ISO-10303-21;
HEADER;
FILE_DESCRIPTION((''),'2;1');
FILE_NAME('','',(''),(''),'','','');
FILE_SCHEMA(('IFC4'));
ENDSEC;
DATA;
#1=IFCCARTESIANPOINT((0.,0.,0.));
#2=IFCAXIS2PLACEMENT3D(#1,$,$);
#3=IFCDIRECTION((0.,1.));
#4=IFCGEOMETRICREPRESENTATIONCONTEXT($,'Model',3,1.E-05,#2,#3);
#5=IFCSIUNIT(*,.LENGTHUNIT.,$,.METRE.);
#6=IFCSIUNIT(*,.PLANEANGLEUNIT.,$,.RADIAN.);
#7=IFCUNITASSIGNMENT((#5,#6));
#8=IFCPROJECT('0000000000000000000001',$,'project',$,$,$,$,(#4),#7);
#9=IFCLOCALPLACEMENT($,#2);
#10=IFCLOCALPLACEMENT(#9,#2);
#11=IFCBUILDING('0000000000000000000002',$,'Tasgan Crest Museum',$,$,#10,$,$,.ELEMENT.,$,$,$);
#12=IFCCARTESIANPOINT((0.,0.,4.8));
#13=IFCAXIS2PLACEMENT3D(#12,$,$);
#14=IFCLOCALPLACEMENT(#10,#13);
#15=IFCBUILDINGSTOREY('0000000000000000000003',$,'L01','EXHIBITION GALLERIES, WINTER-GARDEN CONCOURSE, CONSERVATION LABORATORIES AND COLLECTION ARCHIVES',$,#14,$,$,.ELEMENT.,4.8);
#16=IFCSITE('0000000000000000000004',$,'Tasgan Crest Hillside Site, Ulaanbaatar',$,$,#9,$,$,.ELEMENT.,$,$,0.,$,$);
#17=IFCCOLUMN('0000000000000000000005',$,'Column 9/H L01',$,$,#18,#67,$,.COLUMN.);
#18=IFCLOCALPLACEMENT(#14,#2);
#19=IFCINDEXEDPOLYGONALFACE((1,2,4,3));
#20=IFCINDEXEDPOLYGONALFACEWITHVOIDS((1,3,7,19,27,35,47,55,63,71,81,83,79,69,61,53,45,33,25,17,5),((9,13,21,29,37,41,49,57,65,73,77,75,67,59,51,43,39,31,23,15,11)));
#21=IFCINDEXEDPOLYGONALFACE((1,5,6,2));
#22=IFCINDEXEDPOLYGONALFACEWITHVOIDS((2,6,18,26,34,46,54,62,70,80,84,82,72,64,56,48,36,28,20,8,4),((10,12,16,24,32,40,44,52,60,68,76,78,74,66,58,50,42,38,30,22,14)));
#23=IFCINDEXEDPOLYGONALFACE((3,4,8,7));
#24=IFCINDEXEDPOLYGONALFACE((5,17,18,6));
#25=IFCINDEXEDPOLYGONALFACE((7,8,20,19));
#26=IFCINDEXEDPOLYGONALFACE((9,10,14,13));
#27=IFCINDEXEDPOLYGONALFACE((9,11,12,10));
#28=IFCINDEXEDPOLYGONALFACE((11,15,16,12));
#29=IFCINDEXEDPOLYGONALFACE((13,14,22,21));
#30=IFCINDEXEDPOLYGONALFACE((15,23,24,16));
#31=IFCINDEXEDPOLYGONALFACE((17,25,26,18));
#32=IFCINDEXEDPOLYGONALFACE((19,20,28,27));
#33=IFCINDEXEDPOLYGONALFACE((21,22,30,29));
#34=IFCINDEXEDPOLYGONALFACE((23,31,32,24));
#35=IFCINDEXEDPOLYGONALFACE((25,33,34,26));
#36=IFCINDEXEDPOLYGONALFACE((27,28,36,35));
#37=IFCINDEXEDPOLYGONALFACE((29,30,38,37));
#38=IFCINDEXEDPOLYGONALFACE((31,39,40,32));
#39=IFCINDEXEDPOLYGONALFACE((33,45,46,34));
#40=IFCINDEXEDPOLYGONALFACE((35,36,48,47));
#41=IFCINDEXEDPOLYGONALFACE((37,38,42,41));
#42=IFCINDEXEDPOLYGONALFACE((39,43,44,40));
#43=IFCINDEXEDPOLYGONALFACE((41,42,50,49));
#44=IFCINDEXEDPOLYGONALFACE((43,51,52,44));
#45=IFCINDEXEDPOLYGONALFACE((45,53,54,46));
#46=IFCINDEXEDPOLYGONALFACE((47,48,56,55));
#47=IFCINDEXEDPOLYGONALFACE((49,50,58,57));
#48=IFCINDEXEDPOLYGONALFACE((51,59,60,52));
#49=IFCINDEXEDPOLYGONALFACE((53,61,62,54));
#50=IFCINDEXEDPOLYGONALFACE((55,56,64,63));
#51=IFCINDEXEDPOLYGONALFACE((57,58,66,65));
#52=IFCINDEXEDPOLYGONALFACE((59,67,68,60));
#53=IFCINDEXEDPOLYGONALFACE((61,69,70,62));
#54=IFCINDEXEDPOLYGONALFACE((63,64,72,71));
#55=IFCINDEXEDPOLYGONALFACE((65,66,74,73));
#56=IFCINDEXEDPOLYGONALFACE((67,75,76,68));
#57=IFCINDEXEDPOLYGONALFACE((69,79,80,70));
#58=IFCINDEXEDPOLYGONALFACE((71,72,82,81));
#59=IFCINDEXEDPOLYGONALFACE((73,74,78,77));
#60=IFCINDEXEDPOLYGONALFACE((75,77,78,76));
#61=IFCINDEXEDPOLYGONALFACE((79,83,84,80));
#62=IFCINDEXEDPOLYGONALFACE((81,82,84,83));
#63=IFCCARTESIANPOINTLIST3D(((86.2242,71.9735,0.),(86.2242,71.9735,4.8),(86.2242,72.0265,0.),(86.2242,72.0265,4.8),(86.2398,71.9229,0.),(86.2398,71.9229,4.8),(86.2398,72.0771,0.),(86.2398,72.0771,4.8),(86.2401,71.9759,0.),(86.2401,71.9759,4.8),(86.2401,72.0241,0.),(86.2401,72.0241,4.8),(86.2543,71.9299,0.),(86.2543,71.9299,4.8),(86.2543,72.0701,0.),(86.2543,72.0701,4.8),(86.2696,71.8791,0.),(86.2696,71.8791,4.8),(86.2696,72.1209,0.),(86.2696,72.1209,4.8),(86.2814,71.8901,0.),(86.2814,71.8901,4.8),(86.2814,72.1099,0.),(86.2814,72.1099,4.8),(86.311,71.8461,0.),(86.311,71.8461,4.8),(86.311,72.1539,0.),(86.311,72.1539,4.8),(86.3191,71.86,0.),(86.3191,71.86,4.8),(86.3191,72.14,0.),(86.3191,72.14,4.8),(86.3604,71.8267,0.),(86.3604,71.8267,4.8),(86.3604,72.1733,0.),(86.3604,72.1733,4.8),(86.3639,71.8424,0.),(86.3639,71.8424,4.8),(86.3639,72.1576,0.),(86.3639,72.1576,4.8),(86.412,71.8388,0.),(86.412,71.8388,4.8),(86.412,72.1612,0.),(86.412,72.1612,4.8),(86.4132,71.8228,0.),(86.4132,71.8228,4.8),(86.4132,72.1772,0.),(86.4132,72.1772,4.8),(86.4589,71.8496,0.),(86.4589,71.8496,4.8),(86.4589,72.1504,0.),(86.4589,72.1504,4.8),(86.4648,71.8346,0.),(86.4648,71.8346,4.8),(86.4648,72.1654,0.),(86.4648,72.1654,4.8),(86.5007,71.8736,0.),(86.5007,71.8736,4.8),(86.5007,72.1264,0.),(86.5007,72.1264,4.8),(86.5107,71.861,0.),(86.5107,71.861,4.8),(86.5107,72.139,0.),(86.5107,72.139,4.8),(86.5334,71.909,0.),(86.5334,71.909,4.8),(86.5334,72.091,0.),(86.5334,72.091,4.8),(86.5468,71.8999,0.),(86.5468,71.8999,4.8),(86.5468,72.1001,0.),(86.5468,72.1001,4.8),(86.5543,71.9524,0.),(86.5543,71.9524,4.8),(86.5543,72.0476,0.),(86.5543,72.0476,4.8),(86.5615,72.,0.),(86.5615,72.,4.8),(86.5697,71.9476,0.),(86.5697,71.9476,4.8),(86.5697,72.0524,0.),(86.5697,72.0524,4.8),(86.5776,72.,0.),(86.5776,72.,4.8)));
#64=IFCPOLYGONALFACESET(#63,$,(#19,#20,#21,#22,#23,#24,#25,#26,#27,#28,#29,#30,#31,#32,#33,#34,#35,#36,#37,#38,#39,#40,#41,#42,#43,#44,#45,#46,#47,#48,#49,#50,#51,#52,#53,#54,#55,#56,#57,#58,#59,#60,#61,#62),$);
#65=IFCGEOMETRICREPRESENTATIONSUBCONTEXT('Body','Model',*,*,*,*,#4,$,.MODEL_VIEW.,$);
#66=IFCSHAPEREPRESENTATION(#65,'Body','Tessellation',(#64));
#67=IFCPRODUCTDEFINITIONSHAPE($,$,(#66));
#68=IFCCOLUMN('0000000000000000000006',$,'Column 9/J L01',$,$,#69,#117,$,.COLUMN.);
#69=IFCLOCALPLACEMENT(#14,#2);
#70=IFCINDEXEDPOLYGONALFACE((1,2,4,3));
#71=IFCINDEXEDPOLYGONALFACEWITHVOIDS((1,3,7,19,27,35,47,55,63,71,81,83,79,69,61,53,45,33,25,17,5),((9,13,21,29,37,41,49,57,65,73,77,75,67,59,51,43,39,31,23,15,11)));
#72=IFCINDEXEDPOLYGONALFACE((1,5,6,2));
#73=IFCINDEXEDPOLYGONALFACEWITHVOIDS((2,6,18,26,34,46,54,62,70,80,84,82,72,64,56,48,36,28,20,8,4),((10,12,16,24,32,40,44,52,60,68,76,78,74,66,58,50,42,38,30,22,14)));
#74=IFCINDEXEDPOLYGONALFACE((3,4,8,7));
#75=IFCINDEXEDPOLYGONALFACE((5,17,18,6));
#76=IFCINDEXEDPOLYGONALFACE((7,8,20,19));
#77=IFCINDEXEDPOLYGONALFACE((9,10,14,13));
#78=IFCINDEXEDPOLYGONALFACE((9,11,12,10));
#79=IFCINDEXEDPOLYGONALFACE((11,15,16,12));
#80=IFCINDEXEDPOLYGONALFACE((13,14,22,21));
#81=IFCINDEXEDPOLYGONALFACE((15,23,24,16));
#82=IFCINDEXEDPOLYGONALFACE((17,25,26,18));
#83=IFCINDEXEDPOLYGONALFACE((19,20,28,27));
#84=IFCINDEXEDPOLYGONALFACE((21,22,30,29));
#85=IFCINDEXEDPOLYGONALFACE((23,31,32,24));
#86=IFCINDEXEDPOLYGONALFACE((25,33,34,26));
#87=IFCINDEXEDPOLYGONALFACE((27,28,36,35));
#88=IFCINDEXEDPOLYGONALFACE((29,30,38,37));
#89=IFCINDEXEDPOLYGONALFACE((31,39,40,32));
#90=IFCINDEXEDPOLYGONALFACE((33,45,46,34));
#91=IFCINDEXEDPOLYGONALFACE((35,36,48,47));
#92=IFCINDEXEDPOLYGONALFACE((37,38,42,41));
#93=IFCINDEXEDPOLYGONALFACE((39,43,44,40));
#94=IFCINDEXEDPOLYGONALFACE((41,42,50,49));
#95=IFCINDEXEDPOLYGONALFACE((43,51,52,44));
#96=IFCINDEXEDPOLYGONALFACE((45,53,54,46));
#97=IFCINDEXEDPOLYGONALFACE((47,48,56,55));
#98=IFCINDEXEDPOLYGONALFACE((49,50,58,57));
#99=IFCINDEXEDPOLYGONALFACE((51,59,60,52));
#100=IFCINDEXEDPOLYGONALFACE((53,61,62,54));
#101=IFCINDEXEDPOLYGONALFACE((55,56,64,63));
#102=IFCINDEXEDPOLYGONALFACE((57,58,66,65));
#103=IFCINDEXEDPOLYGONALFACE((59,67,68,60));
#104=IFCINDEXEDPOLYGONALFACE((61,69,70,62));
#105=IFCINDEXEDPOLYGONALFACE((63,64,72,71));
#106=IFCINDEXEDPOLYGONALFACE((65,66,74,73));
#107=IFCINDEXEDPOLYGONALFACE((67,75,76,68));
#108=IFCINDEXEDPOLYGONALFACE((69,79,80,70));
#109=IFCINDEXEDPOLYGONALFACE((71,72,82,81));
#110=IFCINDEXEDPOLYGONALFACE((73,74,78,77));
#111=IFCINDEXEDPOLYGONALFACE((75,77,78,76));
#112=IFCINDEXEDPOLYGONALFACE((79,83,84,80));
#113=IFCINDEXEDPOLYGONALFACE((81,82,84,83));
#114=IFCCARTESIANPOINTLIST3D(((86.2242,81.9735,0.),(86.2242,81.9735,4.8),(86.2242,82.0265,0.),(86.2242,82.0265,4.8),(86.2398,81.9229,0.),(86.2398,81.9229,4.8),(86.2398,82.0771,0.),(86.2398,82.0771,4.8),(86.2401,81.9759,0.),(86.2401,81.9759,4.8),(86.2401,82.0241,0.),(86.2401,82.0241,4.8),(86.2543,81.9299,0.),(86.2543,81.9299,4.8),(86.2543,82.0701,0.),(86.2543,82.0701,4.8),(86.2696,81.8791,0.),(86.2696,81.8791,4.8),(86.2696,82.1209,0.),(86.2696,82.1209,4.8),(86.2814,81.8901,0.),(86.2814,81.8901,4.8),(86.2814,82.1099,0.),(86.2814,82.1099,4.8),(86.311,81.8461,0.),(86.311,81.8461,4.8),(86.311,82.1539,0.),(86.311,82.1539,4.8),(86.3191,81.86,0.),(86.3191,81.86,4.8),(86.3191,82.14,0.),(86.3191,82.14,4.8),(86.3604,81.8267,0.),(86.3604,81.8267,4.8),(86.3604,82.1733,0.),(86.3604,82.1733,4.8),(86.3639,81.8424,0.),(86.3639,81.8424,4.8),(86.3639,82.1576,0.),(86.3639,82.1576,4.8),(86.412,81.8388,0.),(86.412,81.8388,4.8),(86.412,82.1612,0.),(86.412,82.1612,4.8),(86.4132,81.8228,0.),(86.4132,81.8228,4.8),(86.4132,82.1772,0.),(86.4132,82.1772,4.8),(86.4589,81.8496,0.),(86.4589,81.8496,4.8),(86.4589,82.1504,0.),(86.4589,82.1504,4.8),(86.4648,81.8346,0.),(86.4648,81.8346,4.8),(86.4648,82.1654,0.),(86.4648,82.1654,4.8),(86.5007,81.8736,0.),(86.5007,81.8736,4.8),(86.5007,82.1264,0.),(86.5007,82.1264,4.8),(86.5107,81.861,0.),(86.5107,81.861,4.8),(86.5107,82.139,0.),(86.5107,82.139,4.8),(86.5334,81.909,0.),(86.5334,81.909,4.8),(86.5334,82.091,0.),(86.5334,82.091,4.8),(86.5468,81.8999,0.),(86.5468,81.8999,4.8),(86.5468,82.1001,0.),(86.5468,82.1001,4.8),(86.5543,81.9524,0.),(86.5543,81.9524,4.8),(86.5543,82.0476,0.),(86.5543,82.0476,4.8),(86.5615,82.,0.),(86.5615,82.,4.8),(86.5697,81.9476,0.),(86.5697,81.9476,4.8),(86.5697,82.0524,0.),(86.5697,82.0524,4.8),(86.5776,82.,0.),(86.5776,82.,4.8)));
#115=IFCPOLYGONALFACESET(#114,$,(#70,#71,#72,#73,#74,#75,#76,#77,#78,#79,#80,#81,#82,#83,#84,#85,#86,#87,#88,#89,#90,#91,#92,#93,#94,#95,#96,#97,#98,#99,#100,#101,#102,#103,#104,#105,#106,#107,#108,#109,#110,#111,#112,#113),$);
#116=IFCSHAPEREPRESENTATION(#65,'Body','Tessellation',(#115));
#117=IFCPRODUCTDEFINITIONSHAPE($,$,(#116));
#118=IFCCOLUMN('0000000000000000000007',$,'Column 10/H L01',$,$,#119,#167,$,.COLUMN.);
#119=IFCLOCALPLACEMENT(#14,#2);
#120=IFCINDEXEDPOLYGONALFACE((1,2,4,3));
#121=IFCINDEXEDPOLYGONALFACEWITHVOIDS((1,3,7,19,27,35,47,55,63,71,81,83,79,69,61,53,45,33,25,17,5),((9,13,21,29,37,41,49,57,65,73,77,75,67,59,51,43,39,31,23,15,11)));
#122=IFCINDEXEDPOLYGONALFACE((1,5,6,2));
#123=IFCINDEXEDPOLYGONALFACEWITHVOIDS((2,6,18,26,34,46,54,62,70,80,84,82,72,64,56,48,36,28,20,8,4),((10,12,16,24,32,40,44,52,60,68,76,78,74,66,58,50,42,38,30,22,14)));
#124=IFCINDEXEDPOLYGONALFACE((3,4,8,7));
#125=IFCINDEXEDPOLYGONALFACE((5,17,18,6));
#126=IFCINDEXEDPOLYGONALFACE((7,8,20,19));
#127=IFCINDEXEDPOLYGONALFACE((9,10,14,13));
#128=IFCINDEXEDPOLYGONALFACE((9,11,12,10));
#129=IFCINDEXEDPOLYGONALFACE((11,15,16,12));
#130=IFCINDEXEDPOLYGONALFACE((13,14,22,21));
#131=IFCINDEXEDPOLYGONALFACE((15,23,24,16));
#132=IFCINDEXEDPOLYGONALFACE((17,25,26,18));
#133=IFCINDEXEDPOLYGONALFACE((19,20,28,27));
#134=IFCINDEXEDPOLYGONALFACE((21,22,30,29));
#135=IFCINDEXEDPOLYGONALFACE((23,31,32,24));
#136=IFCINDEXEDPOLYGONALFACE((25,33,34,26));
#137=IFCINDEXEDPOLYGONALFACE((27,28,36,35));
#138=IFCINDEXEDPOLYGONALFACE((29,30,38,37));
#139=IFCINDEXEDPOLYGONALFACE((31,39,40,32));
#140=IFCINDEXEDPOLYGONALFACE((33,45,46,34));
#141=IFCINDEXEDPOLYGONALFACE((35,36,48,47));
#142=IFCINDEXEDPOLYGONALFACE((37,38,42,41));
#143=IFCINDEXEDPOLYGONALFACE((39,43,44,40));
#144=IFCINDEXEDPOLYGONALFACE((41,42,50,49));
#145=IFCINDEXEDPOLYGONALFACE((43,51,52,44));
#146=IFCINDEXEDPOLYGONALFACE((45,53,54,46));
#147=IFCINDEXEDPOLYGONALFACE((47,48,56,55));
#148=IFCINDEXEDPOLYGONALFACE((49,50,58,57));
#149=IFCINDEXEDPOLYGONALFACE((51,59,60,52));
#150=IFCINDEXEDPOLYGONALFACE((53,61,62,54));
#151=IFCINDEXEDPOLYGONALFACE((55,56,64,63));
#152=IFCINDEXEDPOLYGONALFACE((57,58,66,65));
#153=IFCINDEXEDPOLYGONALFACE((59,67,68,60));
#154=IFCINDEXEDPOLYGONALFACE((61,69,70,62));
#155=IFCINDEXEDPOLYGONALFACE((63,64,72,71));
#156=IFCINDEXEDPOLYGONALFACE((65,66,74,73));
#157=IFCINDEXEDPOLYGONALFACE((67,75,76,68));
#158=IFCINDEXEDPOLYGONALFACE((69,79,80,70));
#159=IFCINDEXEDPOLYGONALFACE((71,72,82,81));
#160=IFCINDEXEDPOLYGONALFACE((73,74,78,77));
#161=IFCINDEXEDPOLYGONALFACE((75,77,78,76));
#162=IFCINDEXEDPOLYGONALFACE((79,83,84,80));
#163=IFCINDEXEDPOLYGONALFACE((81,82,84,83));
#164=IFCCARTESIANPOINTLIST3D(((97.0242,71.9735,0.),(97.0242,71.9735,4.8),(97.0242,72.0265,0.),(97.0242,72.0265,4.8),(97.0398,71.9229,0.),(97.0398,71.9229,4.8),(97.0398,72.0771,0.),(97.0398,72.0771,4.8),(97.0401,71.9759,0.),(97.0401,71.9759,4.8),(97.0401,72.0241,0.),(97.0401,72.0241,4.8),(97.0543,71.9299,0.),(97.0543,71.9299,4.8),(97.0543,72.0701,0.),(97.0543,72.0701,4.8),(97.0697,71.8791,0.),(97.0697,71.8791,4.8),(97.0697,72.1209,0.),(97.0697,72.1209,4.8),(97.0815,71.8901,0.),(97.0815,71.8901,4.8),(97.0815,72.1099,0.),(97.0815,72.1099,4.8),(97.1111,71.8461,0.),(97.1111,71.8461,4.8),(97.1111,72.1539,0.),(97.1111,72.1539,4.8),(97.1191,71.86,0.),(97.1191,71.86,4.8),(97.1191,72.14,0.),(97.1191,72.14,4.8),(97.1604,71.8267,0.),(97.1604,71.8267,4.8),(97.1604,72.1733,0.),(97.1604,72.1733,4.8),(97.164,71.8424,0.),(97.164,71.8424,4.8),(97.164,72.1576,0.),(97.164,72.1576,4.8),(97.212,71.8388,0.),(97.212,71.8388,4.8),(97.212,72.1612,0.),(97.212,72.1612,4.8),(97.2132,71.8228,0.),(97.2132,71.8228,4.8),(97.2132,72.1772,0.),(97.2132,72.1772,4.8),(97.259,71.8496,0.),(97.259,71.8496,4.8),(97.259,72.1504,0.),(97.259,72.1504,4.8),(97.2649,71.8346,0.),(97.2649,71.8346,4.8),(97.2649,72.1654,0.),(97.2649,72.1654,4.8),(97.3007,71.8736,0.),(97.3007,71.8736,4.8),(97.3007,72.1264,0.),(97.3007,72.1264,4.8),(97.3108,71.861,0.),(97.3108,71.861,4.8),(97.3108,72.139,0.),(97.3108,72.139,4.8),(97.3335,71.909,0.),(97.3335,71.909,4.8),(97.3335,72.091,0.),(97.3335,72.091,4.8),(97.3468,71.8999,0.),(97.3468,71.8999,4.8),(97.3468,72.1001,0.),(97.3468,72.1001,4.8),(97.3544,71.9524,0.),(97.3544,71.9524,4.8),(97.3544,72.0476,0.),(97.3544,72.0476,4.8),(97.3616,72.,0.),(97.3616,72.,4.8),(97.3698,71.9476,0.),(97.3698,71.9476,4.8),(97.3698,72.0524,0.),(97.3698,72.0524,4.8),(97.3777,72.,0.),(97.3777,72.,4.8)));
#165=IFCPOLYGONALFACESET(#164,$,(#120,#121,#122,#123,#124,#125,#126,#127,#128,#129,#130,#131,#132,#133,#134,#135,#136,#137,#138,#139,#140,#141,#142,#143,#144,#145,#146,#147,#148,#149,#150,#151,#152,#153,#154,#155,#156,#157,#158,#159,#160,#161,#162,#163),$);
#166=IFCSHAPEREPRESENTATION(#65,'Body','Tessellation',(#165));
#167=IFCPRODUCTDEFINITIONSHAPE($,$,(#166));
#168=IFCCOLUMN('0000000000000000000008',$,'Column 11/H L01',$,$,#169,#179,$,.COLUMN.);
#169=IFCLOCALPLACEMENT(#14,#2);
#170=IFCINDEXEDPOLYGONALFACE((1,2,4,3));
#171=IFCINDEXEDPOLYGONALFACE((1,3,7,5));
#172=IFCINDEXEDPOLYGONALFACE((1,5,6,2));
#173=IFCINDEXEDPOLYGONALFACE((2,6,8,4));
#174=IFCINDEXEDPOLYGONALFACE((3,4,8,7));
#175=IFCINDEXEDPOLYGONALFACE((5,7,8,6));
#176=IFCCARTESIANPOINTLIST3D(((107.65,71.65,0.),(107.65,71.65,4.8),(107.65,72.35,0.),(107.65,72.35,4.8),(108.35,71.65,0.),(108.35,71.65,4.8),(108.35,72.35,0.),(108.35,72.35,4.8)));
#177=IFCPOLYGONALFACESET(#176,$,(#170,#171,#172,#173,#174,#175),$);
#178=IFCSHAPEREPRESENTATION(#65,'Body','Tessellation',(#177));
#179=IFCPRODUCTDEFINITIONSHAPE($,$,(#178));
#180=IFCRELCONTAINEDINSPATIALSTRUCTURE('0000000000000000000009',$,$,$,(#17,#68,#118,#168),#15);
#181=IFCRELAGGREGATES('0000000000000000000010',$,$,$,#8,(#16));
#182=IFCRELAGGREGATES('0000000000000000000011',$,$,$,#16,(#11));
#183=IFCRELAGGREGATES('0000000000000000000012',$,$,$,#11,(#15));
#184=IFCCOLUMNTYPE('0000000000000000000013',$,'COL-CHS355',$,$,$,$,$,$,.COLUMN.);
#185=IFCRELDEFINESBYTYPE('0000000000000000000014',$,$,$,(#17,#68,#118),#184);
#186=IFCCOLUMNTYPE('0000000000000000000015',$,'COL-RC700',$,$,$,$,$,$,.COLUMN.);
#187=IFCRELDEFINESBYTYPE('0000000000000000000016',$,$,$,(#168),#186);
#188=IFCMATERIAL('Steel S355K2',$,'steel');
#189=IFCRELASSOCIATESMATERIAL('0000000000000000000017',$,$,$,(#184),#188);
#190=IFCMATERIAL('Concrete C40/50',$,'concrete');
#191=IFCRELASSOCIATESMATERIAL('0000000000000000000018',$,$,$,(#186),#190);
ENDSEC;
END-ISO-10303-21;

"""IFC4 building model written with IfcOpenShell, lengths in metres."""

from ifc_helpers import new_model, si_unit, direction, frame, origin, origin_2d, place, context, subcontext, project, spatial, rectangle, hollow_circle, extrude, material, material_profile, profile_set, type_object, element, save


model = new_model("IFC4")

# Units and contexts
model_context = context("Model", 3, precision=1e-05, world=origin(), true_north=direction((0.0, 1.0)))
body_context = subcontext(model_context, "Body", "Model", "MODEL_VIEW")
ifc_project = project(units=[si_unit("LENGTHUNIT", "METRE"), si_unit("PLANEANGLEUNIT", "RADIAN")], contexts=[model_context])

# Site, building, storey
site_placement = place(None, origin())
site = spatial("IfcSite", under=ifc_project, at=site_placement, Name="Tasgan Crest Hillside Site, Ulaanbaatar", CompositionType="ELEMENT", RefElevation=0.0)
building_placement = place(site_placement, origin())
building = spatial("IfcBuilding", under=site, at=building_placement, Name="Tasgan Crest Museum", CompositionType="ELEMENT")
storey_placement = place(building_placement, frame((0.0, 0.0, 4.8)))
storey = spatial("IfcBuildingStorey", under=building, at=storey_placement, Name="L01", Description="EXHIBITION GALLERIES, WINTER-GARDEN CONCOURSE, CONSERVATION LABORATORIES AND COLLECTION ARCHIVES", CompositionType="ELEMENT", Elevation=4.8)

# Columns
ifc_material_1 = material(Name="Steel S355K2", Category="steel")
ifc_material_profile_1 = material_profile(ifc_material_1, hollow_circle(Radius=0.1777, WallThickness=0.0161, at=origin_2d()), Name="CHS 355.6x16")
ifc_profile_set_1 = profile_set([ifc_material_profile_1], Name="Steel S355K2")
column_type_1 = type_object("IfcColumnType", Name="COL-CHS355", PredefinedType="COLUMN", material=ifc_profile_set_1)
for number, where, z_axis, x_axis, name in (
    (1, (86.3999, 72.0, 0.0), (0.0, 0.0, 1.0), (1.0, 0.0, 0.0), "Column 9/H L01"),
    (2, (86.3999, 82.0, 0.0), (0.0, 0.0, 1.0), (1.0, 0.0, 0.0), "Column 9/J L01"),
    (3, (97.2, 72.0, 0.0), (0.0, 0.0, 1.0), (1.0, 0.0, 0.0), "Column 10/H L01"),
):
    element("IfcColumn", number, at=place(storey_placement, frame(where, z_axis=z_axis, x_axis=x_axis)), inside=storey, type_object=column_type_1, Name=name, PredefinedType="COLUMN", context=body_context, shape_type="SweptSolid", body=[
        extrude(hollow_circle(Radius=0.1777, WallThickness=0.0161, at=origin_2d()), origin(), (0.0, 0.0, 1.0), 4.8),
    ])
ifc_material_2 = material(Name="Concrete C40/50", Category="concrete")
ifc_material_profile_2 = material_profile(ifc_material_2, rectangle(XDim=0.7, YDim=0.7, at=origin_2d()), Name="RC 700x700")
ifc_profile_set_2 = profile_set([ifc_material_profile_2], Name="Concrete C40/50")
column_type_2 = type_object("IfcColumnType", Name="COL-RC700", PredefinedType="COLUMN", material=ifc_profile_set_2)
column_placement = place(storey_placement, frame((108.0, 72.0, 0.0), z_axis=(0.0, 0.0, 1.0), x_axis=(1.0, 0.0, 0.0)))
element("IfcColumn", 4, at=column_placement, inside=storey, type_object=column_type_2, Name="Column 11/H L01", PredefinedType="COLUMN", context=body_context, shape_type="SweptSolid", body=[
    extrude(rectangle(XDim=0.7, YDim=0.7, at=origin_2d()), origin(), (0.0, 0.0, 1.0), 4.8),
])

save(model, "model.ifc")
